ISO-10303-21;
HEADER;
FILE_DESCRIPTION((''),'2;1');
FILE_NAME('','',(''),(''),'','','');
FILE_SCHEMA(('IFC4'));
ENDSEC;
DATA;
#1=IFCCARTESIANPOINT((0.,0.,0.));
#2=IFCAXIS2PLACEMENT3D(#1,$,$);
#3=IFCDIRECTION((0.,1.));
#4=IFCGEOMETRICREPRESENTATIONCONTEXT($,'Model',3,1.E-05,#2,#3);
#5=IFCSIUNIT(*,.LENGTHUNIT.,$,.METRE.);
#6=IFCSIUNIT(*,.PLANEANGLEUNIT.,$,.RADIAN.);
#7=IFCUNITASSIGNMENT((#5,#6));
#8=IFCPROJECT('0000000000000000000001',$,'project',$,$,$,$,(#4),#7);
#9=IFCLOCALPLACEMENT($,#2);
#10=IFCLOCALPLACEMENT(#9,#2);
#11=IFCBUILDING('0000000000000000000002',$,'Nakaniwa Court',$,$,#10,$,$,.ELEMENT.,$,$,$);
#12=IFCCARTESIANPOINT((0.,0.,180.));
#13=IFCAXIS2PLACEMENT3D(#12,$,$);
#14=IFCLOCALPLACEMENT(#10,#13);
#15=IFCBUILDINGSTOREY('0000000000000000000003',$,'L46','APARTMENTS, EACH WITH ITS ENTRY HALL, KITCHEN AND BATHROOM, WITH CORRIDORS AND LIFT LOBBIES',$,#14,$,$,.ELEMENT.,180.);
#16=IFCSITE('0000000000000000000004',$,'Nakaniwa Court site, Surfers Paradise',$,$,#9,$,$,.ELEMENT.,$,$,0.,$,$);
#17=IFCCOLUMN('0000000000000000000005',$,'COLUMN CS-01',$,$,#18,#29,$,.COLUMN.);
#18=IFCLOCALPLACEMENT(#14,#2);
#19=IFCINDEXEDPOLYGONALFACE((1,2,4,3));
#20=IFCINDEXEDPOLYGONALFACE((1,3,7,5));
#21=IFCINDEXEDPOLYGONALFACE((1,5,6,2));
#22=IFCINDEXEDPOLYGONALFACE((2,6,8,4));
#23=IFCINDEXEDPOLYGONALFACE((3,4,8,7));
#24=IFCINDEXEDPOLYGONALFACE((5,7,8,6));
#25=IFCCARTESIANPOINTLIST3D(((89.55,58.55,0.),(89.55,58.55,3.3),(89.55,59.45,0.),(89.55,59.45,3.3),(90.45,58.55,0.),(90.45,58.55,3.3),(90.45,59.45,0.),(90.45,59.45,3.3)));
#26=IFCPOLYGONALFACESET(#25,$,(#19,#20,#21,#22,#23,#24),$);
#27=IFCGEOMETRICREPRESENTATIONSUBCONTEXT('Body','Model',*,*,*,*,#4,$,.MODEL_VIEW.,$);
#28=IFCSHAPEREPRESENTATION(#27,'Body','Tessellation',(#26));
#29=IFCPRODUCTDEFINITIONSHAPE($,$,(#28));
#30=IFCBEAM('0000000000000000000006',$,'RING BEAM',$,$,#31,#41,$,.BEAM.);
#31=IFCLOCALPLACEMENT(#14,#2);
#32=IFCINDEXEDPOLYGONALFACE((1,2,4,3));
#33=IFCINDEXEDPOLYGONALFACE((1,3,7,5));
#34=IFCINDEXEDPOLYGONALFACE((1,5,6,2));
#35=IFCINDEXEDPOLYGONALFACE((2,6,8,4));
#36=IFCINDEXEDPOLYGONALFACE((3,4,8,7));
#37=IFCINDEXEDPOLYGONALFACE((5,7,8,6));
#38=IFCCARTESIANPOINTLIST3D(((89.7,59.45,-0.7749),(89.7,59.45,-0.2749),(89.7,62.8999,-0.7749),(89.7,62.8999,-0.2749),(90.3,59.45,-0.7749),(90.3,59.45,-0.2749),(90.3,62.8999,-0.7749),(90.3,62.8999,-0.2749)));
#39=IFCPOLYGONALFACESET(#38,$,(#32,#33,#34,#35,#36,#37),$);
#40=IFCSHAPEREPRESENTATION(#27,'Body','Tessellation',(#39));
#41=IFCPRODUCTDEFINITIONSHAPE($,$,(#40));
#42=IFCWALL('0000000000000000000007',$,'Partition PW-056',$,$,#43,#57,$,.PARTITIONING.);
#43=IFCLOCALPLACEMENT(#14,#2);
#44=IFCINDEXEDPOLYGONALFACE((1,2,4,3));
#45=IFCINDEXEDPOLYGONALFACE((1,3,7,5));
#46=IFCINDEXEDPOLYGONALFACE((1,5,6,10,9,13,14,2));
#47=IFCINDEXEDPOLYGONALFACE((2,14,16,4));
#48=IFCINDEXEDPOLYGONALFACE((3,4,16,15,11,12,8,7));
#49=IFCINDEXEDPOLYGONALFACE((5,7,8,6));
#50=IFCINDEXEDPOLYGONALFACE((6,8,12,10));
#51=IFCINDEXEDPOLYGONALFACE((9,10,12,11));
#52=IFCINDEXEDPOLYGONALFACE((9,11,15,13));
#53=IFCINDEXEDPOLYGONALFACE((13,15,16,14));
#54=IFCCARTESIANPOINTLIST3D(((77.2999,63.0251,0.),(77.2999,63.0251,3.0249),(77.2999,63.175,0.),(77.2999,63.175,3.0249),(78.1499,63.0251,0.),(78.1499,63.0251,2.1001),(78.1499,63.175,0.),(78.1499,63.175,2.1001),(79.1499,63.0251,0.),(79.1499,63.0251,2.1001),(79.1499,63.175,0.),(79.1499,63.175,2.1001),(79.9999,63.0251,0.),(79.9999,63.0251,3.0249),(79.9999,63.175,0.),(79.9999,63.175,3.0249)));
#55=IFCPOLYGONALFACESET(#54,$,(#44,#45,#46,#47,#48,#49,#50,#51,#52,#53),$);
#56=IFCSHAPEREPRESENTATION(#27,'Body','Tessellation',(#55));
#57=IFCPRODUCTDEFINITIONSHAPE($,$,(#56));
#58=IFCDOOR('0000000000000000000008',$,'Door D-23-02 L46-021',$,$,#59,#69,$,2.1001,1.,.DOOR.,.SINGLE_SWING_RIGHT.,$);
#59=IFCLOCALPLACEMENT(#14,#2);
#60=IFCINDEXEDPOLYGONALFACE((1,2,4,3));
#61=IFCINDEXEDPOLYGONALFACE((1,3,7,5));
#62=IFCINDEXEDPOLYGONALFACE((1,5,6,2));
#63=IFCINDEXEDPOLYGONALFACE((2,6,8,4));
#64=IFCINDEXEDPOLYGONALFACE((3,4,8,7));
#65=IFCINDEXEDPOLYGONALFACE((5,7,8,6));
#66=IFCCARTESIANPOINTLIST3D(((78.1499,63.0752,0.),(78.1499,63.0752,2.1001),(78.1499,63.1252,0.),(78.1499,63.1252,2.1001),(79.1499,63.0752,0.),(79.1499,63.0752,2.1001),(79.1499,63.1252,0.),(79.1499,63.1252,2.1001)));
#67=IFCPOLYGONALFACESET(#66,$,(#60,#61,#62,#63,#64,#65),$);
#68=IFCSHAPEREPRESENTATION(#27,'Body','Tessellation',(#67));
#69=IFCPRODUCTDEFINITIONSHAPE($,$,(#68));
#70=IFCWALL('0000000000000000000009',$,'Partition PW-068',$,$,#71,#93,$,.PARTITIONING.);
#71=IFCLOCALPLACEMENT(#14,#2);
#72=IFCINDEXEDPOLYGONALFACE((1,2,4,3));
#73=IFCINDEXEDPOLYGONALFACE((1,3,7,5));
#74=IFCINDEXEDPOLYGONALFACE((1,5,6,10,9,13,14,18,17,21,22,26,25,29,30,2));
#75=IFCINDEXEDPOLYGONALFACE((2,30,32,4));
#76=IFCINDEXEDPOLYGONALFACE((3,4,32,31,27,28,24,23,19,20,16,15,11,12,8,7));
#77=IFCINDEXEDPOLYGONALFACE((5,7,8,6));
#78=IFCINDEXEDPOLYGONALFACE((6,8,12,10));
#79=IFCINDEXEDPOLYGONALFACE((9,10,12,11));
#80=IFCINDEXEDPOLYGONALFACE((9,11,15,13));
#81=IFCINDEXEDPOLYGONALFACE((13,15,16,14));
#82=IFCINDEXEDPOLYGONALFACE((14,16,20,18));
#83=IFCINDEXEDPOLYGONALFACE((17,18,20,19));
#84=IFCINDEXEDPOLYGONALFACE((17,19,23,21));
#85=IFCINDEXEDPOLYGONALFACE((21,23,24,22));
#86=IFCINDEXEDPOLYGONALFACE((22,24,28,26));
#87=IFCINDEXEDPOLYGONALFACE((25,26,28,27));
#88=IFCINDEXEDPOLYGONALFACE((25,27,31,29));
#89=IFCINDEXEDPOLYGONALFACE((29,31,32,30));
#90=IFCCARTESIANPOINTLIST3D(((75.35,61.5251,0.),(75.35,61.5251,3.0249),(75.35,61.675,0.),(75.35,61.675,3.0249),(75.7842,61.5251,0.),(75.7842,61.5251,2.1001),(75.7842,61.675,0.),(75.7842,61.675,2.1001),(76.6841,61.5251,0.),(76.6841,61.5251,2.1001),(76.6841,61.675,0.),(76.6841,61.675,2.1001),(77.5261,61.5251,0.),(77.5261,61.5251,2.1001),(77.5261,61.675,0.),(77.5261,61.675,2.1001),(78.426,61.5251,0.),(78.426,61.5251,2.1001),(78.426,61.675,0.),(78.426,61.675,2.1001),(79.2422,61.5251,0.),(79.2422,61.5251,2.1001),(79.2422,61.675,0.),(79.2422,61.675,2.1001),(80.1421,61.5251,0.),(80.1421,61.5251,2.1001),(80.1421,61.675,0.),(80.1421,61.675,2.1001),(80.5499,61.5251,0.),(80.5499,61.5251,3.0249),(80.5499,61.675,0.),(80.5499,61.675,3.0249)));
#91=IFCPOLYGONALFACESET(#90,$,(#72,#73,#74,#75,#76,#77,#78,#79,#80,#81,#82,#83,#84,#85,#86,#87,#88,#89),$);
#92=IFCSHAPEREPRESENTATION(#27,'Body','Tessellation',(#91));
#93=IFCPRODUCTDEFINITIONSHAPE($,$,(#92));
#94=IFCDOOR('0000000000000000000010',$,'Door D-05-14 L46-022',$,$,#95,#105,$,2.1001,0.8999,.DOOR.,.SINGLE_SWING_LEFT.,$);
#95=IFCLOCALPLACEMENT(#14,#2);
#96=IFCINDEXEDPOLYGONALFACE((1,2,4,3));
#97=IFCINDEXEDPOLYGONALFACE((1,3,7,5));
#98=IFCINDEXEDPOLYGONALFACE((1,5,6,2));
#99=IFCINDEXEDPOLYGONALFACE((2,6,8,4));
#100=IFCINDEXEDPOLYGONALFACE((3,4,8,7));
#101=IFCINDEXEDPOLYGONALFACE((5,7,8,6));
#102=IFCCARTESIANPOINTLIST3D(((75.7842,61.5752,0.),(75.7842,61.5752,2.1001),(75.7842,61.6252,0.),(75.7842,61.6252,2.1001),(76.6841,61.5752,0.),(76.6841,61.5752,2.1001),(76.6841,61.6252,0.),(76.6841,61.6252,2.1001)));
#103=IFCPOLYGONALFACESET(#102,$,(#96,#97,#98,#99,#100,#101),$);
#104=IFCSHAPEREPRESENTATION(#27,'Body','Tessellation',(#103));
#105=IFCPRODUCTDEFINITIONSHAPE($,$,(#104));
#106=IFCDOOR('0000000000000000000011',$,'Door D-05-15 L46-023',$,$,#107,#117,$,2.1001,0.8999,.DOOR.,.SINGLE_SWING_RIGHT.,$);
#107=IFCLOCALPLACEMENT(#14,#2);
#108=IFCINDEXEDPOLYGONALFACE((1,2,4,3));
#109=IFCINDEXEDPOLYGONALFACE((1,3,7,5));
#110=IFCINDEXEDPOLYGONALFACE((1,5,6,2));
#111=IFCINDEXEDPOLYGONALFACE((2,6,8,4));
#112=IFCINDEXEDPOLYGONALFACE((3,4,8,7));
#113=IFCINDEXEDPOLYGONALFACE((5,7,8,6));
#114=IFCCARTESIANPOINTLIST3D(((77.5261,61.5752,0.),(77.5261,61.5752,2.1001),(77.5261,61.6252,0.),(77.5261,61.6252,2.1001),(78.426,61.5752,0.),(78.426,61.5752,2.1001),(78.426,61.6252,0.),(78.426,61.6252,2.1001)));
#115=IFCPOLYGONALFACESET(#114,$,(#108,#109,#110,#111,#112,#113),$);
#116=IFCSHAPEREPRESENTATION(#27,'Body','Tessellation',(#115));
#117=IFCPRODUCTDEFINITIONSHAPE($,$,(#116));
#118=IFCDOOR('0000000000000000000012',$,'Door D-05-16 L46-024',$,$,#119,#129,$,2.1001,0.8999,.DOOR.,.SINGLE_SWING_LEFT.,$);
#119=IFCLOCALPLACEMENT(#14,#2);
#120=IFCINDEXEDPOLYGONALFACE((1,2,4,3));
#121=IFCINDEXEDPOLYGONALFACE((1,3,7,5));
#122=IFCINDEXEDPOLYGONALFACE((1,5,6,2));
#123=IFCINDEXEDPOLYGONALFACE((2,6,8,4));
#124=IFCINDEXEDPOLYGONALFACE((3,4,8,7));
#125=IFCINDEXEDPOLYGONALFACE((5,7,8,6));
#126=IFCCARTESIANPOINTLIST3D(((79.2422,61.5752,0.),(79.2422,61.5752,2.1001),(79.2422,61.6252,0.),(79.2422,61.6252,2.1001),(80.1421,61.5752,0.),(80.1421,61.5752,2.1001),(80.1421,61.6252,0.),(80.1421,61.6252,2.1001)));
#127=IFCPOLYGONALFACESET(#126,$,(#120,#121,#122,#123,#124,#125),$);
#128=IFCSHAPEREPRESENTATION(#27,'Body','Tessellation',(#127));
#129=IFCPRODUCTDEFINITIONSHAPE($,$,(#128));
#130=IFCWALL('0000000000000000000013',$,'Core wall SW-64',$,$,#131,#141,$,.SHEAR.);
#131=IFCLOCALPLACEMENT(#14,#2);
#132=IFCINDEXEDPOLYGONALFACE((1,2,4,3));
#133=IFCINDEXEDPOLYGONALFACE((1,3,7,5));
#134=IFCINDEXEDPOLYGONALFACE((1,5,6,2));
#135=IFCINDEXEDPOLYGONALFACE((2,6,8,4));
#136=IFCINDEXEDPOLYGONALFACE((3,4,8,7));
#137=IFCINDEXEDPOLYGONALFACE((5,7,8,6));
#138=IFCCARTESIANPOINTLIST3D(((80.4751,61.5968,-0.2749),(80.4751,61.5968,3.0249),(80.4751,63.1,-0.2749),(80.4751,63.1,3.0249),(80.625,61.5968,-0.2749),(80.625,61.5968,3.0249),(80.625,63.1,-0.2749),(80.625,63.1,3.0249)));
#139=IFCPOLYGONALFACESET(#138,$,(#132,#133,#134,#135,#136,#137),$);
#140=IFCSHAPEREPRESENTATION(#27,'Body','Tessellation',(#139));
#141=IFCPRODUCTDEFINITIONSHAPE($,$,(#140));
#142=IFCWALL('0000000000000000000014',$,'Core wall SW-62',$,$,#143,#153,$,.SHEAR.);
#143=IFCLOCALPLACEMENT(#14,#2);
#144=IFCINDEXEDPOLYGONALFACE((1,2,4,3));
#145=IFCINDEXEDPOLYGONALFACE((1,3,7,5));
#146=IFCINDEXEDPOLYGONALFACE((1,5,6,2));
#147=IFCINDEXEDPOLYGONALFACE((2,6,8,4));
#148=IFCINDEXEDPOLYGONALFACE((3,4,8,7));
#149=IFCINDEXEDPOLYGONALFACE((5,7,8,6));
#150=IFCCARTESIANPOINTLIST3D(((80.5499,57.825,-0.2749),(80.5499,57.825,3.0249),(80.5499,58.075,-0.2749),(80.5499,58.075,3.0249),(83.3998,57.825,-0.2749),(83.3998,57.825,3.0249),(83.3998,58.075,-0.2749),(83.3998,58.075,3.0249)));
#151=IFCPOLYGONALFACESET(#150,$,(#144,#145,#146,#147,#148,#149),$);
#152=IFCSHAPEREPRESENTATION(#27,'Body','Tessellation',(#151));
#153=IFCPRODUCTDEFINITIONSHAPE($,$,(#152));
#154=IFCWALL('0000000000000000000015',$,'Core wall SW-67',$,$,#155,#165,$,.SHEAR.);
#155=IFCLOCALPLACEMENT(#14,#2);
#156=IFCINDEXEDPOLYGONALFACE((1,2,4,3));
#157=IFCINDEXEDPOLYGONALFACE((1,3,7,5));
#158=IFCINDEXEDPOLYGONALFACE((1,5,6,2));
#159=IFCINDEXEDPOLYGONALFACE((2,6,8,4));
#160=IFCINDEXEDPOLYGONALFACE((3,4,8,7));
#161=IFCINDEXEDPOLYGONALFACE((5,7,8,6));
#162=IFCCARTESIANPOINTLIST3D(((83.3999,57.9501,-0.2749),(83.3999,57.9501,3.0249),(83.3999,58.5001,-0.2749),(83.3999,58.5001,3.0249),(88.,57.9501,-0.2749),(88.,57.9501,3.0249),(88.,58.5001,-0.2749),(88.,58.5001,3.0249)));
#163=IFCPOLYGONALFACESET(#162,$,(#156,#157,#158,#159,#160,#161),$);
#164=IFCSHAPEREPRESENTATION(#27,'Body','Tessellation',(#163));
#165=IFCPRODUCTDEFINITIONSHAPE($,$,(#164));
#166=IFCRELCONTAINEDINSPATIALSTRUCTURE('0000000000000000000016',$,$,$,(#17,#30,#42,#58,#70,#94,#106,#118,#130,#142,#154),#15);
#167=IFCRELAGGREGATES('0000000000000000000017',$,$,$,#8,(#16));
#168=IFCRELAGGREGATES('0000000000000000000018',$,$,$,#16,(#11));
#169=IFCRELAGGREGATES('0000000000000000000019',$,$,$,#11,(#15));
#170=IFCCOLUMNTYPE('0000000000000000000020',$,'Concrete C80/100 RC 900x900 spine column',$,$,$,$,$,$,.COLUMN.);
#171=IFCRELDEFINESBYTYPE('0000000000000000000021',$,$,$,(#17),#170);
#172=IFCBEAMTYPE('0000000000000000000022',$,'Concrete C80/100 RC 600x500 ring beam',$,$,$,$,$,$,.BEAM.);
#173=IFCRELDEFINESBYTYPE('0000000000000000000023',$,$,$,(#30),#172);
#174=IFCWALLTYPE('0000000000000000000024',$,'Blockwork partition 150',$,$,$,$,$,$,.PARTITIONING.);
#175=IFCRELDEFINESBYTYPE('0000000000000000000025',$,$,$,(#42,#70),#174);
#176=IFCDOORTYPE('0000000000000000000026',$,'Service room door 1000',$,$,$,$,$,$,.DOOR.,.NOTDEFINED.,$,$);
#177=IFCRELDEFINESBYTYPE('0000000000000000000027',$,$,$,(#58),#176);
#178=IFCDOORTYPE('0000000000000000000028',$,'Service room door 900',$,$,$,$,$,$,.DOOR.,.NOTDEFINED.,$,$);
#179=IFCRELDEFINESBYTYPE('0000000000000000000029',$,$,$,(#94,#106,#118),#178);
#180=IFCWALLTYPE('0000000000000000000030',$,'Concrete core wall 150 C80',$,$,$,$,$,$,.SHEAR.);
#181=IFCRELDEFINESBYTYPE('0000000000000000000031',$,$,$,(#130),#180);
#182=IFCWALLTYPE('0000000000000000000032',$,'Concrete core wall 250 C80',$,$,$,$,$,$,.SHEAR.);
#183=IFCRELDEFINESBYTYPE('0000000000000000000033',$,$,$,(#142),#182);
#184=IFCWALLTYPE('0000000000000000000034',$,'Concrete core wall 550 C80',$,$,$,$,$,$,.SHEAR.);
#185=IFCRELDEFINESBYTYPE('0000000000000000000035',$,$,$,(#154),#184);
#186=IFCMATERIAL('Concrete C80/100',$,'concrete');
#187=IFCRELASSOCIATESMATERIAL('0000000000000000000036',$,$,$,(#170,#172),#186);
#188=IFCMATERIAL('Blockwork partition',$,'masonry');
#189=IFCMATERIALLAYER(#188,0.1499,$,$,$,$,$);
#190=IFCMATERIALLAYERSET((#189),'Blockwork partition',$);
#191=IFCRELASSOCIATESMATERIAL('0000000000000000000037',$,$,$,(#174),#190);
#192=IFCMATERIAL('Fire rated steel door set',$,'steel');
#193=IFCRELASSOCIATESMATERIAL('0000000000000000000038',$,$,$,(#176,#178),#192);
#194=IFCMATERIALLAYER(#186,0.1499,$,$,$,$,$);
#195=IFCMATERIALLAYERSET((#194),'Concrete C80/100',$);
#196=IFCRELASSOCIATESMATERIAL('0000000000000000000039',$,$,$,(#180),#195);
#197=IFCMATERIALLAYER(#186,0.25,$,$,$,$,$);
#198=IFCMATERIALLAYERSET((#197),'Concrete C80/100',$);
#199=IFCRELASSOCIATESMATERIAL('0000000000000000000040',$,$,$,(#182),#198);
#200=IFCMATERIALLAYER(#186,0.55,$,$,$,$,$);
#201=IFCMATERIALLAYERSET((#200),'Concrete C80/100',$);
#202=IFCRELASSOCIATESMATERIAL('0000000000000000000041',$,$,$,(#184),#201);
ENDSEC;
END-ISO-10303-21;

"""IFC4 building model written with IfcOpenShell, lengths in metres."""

from ifc_helpers import new_model, si_unit, direction, frame, frame_2d, origin, origin_2d, place, context, subcontext, project, spatial, rectangle, extrude, material, layer, layer_set, material_profile, profile_set, type_object, element, fill, save


model = new_model("IFC4")

# Units and contexts
model_context = context("Model", 3, precision=1e-05, world=origin(), true_north=direction((0.0, 1.0)))
body_context = subcontext(model_context, "Body", "Model", "MODEL_VIEW")
ifc_project = project(units=[si_unit("LENGTHUNIT", "METRE"), si_unit("PLANEANGLEUNIT", "RADIAN")], contexts=[model_context])

# Site, building, storey
site_placement = place(None, origin())
site = spatial("IfcSite", under=ifc_project, at=site_placement, Name="Nakaniwa Court site, Surfers Paradise", CompositionType="ELEMENT", RefElevation=0.0)
building_placement = place(site_placement, origin())
building = spatial("IfcBuilding", under=site, at=building_placement, Name="Nakaniwa Court", CompositionType="ELEMENT")
storey_placement = place(building_placement, frame((0.0, 0.0, 180.0)))
storey = spatial("IfcBuildingStorey", under=building, at=storey_placement, Name="L46", Description="APARTMENTS, EACH WITH ITS ENTRY HALL, KITCHEN AND BATHROOM, WITH CORRIDORS AND LIFT LOBBIES", CompositionType="ELEMENT", Elevation=180.0)

# Column
ifc_material_1 = material(Name="Concrete C80/100", Category="concrete")
ifc_material_profile_1 = material_profile(ifc_material_1, rectangle(XDim=0.8999, YDim=0.8999, at=origin_2d()), Name="Concrete C80/100 RC 900x900 spine column")
ifc_profile_set_1 = profile_set([ifc_material_profile_1], Name="Concrete C80/100")
column_type = type_object("IfcColumnType", Name="Concrete C80/100 RC 900x900 spine column", PredefinedType="COLUMN", material=ifc_profile_set_1)
column_placement = place(storey_placement, frame((90.0, 59.0, 0.0), z_axis=(0.0, 0.0, 1.0), x_axis=(0.0, 1.0, 0.0)))
element("IfcColumn", 1, at=column_placement, inside=storey, type_object=column_type, Name="COLUMN CS-01", PredefinedType="COLUMN", context=body_context, shape_type="SweptSolid", body=[
    extrude(rectangle(XDim=0.8999, YDim=0.8999, at=origin_2d()), origin(), (0.0, 0.0, 1.0), 3.3),
])

# Beam
ifc_material_profile_2 = material_profile(ifc_material_1, rectangle(XDim=0.6001, YDim=0.5, at=origin_2d()), Name="Concrete C80/100 RC 600x500 ring beam")
ifc_profile_set_2 = profile_set([ifc_material_profile_2], Name="Concrete C80/100")
beam_type = type_object("IfcBeamType", Name="Concrete C80/100 RC 600x500 ring beam", PredefinedType="BEAM", material=ifc_profile_set_2)
beam_placement = place(storey_placement, frame((90.0, 59.45, -0.5249), z_axis=(0.0, 1.0, 0.0), x_axis=(-1.0, 0.0, 0.0)))
element("IfcBeam", 2, at=beam_placement, inside=storey, type_object=beam_type, Name="RING BEAM", PredefinedType="BEAM", context=body_context, shape_type="SweptSolid", body=[
    extrude(rectangle(XDim=0.6001, YDim=0.5, at=origin_2d()), origin(), (0.0, 0.0, 1.0), 3.45),
])

# Wall, opening, door
ifc_material_2 = material(Name="Blockwork partition", Category="masonry")
ifc_layer_1 = layer(ifc_material_2, 0.1499)
ifc_layer_set_1 = layer_set([ifc_layer_1], Name="Blockwork partition")
wall_type_1 = type_object("IfcWallType", Name="Blockwork partition 150", PredefinedType="PARTITIONING", material=ifc_layer_set_1)
wall_1_placement = place(storey_placement, frame((80.0, 63.1001, 0.0), z_axis=(0.0, 0.0, 1.0), x_axis=(-1.0, 0.0, 0.0)))
wall_1 = element("IfcWall", 3, at=wall_1_placement, inside=storey, type_object=wall_type_1, Name="Partition PW-056", PredefinedType="PARTITIONING", context=body_context, shape_type="SweptSolid", body=[
    extrude(rectangle(XDim=2.7, YDim=0.1499, at=frame_2d((1.3501, 0.0))), origin(), (0.0, 0.0, 1.0), 3.0249),
])
opening_1_placement = place(wall_1_placement, frame((0.8501, 0.0, 0.0)))
opening_1 = element("IfcOpeningElement", 4, at=opening_1_placement, cuts=wall_1, PredefinedType="OPENING", context=body_context, shape_type="SweptSolid", body=[
    extrude(rectangle(XDim=1.0, YDim=2.1001, at=frame_2d((0.5, 1.05))), frame((0.0, 0.085, 0.0), z_axis=(0.0, -1.0, 0.0), x_axis=(1.0, 0.0, 0.0)), (0.0, 0.0, 1.0), 0.1699),
])
ifc_material_3 = material(Name="Fire rated steel door set", Category="steel")
door_type_1 = type_object("IfcDoorType", Name="Service room door 1000", OperationType="NOTDEFINED", PredefinedType="DOOR", material=ifc_material_3)
door_1_placement = place(opening_1_placement, origin())
door_1 = element("IfcDoor", 5, at=door_1_placement, inside=storey, type_object=door_type_1, Name="Door D-23-02 L46-021", OperationType="SINGLE_SWING_RIGHT", OverallHeight=2.1001, OverallWidth=1.0, PredefinedType="DOOR", context=body_context, shape_type="SweptSolid", body=[
    extrude(rectangle(XDim=1.0, YDim=2.1001, at=frame_2d((0.5, 1.05))), frame((0.0, 0.0249, 0.0), z_axis=(0.0, -1.0, 0.0), x_axis=(1.0, 0.0, 0.0)), (0.0, 0.0, 1.0), 0.05),
])
fill(opening_1, door_1)

# Wall, openings, doors
wall_2_placement = place(storey_placement, frame((80.55, 61.6001, 0.0), z_axis=(0.0, 0.0, 1.0), x_axis=(-1.0, 0.0, 0.0)))
wall_2 = element("IfcWall", 6, at=wall_2_placement, inside=storey, type_object=wall_type_1, Name="Partition PW-068", PredefinedType="PARTITIONING", context=body_context, shape_type="SweptSolid", body=[
    extrude(rectangle(XDim=5.2, YDim=0.1499, at=frame_2d((2.6001, 0.0))), origin(), (0.0, 0.0, 1.0), 3.0249),
])
opening_2_placement = place(wall_2_placement, frame((3.866, 0.0, 0.0)))
opening_2 = element("IfcOpeningElement", 7, at=opening_2_placement, cuts=wall_2, PredefinedType="OPENING", context=body_context, shape_type="SweptSolid", body=[
    extrude(rectangle(XDim=0.8999, YDim=2.1001, at=frame_2d((0.45, 1.05))), frame((0.0, 0.085, 0.0), z_axis=(0.0, -1.0, 0.0), x_axis=(1.0, 0.0, 0.0)), (0.0, 0.0, 1.0), 0.1699),
])
opening_3_placement = place(wall_2_placement, frame((2.124, 0.0, 0.0)))
opening_3 = element("IfcOpeningElement", 8, at=opening_3_placement, cuts=wall_2, PredefinedType="OPENING", context=body_context, shape_type="SweptSolid", body=[
    extrude(rectangle(XDim=0.8999, YDim=2.1001, at=frame_2d((0.45, 1.05))), frame((0.0, 0.085, 0.0), z_axis=(0.0, -1.0, 0.0), x_axis=(1.0, 0.0, 0.0)), (0.0, 0.0, 1.0), 0.1699),
])
opening_4_placement = place(wall_2_placement, frame((0.408, 0.0, 0.0)))
opening_4 = element("IfcOpeningElement", 9, at=opening_4_placement, cuts=wall_2, PredefinedType="OPENING", context=body_context, shape_type="SweptSolid", body=[
    extrude(rectangle(XDim=0.8999, YDim=2.1001, at=frame_2d((0.45, 1.05))), frame((0.0, 0.085, 0.0), z_axis=(0.0, -1.0, 0.0), x_axis=(1.0, 0.0, 0.0)), (0.0, 0.0, 1.0), 0.1699),
])
door_type_2 = type_object("IfcDoorType", Name="Service room door 900", OperationType="NOTDEFINED", PredefinedType="DOOR", material=ifc_material_3)
door_2_placement = place(opening_2_placement, origin())
door_2 = element("IfcDoor", 10, at=door_2_placement, inside=storey, type_object=door_type_2, Name="Door D-05-14 L46-022", OperationType="SINGLE_SWING_LEFT", OverallHeight=2.1001, OverallWidth=0.8999, PredefinedType="DOOR", context=body_context, shape_type="SweptSolid", body=[
    extrude(rectangle(XDim=0.8999, YDim=2.1001, at=frame_2d((0.45, 1.05))), frame((0.0, 0.0249, 0.0), z_axis=(0.0, -1.0, 0.0), x_axis=(1.0, 0.0, 0.0)), (0.0, 0.0, 1.0), 0.05),
])
fill(opening_2, door_2)
door_3_placement = place(opening_3_placement, origin())
door_3 = element("IfcDoor", 11, at=door_3_placement, inside=storey, type_object=door_type_2, Name="Door D-05-15 L46-023", OperationType="SINGLE_SWING_RIGHT", OverallHeight=2.1001, OverallWidth=0.8999, PredefinedType="DOOR", context=body_context, shape_type="SweptSolid", body=[
    extrude(rectangle(XDim=0.8999, YDim=2.1001, at=frame_2d((0.45, 1.05))), frame((0.0, 0.0249, 0.0), z_axis=(0.0, -1.0, 0.0), x_axis=(1.0, 0.0, 0.0)), (0.0, 0.0, 1.0), 0.05),
])
fill(opening_3, door_3)
door_4_placement = place(opening_4_placement, origin())
door_4 = element("IfcDoor", 12, at=door_4_placement, inside=storey, type_object=door_type_2, Name="Door D-05-16 L46-024", OperationType="SINGLE_SWING_LEFT", OverallHeight=2.1001, OverallWidth=0.8999, PredefinedType="DOOR", context=body_context, shape_type="SweptSolid", body=[
    extrude(rectangle(XDim=0.8999, YDim=2.1001, at=frame_2d((0.45, 1.05))), frame((0.0, 0.0249, 0.0), z_axis=(0.0, -1.0, 0.0), x_axis=(1.0, 0.0, 0.0)), (0.0, 0.0, 1.0), 0.05),
])
fill(opening_4, door_4)

# Walls
ifc_layer_2 = layer(ifc_material_1, 0.1499)
ifc_layer_set_2 = layer_set([ifc_layer_2], Name="Concrete C80/100")
wall_type_2 = type_object("IfcWallType", Name="Concrete core wall 150 C80", PredefinedType="SHEAR", material=ifc_layer_set_2)
wall_3_placement = place(storey_placement, frame((80.55, 61.5969, -0.2749), z_axis=(0.0, 0.0, 1.0), x_axis=(0.0, 1.0, 0.0)))
element("IfcWall", 13, at=wall_3_placement, inside=storey, type_object=wall_type_2, Name="Core wall SW-64", PredefinedType="SHEAR", context=body_context, shape_type="SweptSolid", body=[
    extrude(rectangle(XDim=1.5032, YDim=0.1499, at=frame_2d((0.7515, 0.0))), origin(), (0.0, 0.0, 1.0), 3.2998),
])
ifc_layer_3 = layer(ifc_material_1, 0.25)
ifc_layer_set_3 = layer_set([ifc_layer_3], Name="Concrete C80/100")
wall_type_3 = type_object("IfcWallType", Name="Concrete core wall 250 C80", PredefinedType="SHEAR", material=ifc_layer_set_3)
wall_4_placement = place(storey_placement, frame((80.55, 57.95, -0.2749), z_axis=(0.0, 0.0, 1.0), x_axis=(1.0, 0.0, 0.0)))
element("IfcWall", 14, at=wall_4_placement, inside=storey, type_object=wall_type_3, Name="Core wall SW-62", PredefinedType="SHEAR", context=body_context, shape_type="SweptSolid", body=[
    extrude(rectangle(XDim=2.8499, YDim=0.25, at=frame_2d((1.4248, 0.0))), origin(), (0.0, 0.0, 1.0), 3.2998),
])
ifc_layer_4 = layer(ifc_material_1, 0.55)
ifc_layer_set_4 = layer_set([ifc_layer_4], Name="Concrete C80/100")
wall_type_4 = type_object("IfcWallType", Name="Concrete core wall 550 C80", PredefinedType="SHEAR", material=ifc_layer_set_4)
wall_5_placement = place(storey_placement, frame((83.3999, 58.2251, -0.2749), z_axis=(0.0, 0.0, 1.0), x_axis=(1.0, 0.0, 0.0)))
element("IfcWall", 15, at=wall_5_placement, inside=storey, type_object=wall_type_4, Name="Core wall SW-67", PredefinedType="SHEAR", context=body_context, shape_type="SweptSolid", body=[
    extrude(rectangle(XDim=4.6001, YDim=0.55, at=frame_2d((2.3, 0.0))), origin(), (0.0, 0.0, 1.0), 3.2998),
])

save(model, "model.ifc")
